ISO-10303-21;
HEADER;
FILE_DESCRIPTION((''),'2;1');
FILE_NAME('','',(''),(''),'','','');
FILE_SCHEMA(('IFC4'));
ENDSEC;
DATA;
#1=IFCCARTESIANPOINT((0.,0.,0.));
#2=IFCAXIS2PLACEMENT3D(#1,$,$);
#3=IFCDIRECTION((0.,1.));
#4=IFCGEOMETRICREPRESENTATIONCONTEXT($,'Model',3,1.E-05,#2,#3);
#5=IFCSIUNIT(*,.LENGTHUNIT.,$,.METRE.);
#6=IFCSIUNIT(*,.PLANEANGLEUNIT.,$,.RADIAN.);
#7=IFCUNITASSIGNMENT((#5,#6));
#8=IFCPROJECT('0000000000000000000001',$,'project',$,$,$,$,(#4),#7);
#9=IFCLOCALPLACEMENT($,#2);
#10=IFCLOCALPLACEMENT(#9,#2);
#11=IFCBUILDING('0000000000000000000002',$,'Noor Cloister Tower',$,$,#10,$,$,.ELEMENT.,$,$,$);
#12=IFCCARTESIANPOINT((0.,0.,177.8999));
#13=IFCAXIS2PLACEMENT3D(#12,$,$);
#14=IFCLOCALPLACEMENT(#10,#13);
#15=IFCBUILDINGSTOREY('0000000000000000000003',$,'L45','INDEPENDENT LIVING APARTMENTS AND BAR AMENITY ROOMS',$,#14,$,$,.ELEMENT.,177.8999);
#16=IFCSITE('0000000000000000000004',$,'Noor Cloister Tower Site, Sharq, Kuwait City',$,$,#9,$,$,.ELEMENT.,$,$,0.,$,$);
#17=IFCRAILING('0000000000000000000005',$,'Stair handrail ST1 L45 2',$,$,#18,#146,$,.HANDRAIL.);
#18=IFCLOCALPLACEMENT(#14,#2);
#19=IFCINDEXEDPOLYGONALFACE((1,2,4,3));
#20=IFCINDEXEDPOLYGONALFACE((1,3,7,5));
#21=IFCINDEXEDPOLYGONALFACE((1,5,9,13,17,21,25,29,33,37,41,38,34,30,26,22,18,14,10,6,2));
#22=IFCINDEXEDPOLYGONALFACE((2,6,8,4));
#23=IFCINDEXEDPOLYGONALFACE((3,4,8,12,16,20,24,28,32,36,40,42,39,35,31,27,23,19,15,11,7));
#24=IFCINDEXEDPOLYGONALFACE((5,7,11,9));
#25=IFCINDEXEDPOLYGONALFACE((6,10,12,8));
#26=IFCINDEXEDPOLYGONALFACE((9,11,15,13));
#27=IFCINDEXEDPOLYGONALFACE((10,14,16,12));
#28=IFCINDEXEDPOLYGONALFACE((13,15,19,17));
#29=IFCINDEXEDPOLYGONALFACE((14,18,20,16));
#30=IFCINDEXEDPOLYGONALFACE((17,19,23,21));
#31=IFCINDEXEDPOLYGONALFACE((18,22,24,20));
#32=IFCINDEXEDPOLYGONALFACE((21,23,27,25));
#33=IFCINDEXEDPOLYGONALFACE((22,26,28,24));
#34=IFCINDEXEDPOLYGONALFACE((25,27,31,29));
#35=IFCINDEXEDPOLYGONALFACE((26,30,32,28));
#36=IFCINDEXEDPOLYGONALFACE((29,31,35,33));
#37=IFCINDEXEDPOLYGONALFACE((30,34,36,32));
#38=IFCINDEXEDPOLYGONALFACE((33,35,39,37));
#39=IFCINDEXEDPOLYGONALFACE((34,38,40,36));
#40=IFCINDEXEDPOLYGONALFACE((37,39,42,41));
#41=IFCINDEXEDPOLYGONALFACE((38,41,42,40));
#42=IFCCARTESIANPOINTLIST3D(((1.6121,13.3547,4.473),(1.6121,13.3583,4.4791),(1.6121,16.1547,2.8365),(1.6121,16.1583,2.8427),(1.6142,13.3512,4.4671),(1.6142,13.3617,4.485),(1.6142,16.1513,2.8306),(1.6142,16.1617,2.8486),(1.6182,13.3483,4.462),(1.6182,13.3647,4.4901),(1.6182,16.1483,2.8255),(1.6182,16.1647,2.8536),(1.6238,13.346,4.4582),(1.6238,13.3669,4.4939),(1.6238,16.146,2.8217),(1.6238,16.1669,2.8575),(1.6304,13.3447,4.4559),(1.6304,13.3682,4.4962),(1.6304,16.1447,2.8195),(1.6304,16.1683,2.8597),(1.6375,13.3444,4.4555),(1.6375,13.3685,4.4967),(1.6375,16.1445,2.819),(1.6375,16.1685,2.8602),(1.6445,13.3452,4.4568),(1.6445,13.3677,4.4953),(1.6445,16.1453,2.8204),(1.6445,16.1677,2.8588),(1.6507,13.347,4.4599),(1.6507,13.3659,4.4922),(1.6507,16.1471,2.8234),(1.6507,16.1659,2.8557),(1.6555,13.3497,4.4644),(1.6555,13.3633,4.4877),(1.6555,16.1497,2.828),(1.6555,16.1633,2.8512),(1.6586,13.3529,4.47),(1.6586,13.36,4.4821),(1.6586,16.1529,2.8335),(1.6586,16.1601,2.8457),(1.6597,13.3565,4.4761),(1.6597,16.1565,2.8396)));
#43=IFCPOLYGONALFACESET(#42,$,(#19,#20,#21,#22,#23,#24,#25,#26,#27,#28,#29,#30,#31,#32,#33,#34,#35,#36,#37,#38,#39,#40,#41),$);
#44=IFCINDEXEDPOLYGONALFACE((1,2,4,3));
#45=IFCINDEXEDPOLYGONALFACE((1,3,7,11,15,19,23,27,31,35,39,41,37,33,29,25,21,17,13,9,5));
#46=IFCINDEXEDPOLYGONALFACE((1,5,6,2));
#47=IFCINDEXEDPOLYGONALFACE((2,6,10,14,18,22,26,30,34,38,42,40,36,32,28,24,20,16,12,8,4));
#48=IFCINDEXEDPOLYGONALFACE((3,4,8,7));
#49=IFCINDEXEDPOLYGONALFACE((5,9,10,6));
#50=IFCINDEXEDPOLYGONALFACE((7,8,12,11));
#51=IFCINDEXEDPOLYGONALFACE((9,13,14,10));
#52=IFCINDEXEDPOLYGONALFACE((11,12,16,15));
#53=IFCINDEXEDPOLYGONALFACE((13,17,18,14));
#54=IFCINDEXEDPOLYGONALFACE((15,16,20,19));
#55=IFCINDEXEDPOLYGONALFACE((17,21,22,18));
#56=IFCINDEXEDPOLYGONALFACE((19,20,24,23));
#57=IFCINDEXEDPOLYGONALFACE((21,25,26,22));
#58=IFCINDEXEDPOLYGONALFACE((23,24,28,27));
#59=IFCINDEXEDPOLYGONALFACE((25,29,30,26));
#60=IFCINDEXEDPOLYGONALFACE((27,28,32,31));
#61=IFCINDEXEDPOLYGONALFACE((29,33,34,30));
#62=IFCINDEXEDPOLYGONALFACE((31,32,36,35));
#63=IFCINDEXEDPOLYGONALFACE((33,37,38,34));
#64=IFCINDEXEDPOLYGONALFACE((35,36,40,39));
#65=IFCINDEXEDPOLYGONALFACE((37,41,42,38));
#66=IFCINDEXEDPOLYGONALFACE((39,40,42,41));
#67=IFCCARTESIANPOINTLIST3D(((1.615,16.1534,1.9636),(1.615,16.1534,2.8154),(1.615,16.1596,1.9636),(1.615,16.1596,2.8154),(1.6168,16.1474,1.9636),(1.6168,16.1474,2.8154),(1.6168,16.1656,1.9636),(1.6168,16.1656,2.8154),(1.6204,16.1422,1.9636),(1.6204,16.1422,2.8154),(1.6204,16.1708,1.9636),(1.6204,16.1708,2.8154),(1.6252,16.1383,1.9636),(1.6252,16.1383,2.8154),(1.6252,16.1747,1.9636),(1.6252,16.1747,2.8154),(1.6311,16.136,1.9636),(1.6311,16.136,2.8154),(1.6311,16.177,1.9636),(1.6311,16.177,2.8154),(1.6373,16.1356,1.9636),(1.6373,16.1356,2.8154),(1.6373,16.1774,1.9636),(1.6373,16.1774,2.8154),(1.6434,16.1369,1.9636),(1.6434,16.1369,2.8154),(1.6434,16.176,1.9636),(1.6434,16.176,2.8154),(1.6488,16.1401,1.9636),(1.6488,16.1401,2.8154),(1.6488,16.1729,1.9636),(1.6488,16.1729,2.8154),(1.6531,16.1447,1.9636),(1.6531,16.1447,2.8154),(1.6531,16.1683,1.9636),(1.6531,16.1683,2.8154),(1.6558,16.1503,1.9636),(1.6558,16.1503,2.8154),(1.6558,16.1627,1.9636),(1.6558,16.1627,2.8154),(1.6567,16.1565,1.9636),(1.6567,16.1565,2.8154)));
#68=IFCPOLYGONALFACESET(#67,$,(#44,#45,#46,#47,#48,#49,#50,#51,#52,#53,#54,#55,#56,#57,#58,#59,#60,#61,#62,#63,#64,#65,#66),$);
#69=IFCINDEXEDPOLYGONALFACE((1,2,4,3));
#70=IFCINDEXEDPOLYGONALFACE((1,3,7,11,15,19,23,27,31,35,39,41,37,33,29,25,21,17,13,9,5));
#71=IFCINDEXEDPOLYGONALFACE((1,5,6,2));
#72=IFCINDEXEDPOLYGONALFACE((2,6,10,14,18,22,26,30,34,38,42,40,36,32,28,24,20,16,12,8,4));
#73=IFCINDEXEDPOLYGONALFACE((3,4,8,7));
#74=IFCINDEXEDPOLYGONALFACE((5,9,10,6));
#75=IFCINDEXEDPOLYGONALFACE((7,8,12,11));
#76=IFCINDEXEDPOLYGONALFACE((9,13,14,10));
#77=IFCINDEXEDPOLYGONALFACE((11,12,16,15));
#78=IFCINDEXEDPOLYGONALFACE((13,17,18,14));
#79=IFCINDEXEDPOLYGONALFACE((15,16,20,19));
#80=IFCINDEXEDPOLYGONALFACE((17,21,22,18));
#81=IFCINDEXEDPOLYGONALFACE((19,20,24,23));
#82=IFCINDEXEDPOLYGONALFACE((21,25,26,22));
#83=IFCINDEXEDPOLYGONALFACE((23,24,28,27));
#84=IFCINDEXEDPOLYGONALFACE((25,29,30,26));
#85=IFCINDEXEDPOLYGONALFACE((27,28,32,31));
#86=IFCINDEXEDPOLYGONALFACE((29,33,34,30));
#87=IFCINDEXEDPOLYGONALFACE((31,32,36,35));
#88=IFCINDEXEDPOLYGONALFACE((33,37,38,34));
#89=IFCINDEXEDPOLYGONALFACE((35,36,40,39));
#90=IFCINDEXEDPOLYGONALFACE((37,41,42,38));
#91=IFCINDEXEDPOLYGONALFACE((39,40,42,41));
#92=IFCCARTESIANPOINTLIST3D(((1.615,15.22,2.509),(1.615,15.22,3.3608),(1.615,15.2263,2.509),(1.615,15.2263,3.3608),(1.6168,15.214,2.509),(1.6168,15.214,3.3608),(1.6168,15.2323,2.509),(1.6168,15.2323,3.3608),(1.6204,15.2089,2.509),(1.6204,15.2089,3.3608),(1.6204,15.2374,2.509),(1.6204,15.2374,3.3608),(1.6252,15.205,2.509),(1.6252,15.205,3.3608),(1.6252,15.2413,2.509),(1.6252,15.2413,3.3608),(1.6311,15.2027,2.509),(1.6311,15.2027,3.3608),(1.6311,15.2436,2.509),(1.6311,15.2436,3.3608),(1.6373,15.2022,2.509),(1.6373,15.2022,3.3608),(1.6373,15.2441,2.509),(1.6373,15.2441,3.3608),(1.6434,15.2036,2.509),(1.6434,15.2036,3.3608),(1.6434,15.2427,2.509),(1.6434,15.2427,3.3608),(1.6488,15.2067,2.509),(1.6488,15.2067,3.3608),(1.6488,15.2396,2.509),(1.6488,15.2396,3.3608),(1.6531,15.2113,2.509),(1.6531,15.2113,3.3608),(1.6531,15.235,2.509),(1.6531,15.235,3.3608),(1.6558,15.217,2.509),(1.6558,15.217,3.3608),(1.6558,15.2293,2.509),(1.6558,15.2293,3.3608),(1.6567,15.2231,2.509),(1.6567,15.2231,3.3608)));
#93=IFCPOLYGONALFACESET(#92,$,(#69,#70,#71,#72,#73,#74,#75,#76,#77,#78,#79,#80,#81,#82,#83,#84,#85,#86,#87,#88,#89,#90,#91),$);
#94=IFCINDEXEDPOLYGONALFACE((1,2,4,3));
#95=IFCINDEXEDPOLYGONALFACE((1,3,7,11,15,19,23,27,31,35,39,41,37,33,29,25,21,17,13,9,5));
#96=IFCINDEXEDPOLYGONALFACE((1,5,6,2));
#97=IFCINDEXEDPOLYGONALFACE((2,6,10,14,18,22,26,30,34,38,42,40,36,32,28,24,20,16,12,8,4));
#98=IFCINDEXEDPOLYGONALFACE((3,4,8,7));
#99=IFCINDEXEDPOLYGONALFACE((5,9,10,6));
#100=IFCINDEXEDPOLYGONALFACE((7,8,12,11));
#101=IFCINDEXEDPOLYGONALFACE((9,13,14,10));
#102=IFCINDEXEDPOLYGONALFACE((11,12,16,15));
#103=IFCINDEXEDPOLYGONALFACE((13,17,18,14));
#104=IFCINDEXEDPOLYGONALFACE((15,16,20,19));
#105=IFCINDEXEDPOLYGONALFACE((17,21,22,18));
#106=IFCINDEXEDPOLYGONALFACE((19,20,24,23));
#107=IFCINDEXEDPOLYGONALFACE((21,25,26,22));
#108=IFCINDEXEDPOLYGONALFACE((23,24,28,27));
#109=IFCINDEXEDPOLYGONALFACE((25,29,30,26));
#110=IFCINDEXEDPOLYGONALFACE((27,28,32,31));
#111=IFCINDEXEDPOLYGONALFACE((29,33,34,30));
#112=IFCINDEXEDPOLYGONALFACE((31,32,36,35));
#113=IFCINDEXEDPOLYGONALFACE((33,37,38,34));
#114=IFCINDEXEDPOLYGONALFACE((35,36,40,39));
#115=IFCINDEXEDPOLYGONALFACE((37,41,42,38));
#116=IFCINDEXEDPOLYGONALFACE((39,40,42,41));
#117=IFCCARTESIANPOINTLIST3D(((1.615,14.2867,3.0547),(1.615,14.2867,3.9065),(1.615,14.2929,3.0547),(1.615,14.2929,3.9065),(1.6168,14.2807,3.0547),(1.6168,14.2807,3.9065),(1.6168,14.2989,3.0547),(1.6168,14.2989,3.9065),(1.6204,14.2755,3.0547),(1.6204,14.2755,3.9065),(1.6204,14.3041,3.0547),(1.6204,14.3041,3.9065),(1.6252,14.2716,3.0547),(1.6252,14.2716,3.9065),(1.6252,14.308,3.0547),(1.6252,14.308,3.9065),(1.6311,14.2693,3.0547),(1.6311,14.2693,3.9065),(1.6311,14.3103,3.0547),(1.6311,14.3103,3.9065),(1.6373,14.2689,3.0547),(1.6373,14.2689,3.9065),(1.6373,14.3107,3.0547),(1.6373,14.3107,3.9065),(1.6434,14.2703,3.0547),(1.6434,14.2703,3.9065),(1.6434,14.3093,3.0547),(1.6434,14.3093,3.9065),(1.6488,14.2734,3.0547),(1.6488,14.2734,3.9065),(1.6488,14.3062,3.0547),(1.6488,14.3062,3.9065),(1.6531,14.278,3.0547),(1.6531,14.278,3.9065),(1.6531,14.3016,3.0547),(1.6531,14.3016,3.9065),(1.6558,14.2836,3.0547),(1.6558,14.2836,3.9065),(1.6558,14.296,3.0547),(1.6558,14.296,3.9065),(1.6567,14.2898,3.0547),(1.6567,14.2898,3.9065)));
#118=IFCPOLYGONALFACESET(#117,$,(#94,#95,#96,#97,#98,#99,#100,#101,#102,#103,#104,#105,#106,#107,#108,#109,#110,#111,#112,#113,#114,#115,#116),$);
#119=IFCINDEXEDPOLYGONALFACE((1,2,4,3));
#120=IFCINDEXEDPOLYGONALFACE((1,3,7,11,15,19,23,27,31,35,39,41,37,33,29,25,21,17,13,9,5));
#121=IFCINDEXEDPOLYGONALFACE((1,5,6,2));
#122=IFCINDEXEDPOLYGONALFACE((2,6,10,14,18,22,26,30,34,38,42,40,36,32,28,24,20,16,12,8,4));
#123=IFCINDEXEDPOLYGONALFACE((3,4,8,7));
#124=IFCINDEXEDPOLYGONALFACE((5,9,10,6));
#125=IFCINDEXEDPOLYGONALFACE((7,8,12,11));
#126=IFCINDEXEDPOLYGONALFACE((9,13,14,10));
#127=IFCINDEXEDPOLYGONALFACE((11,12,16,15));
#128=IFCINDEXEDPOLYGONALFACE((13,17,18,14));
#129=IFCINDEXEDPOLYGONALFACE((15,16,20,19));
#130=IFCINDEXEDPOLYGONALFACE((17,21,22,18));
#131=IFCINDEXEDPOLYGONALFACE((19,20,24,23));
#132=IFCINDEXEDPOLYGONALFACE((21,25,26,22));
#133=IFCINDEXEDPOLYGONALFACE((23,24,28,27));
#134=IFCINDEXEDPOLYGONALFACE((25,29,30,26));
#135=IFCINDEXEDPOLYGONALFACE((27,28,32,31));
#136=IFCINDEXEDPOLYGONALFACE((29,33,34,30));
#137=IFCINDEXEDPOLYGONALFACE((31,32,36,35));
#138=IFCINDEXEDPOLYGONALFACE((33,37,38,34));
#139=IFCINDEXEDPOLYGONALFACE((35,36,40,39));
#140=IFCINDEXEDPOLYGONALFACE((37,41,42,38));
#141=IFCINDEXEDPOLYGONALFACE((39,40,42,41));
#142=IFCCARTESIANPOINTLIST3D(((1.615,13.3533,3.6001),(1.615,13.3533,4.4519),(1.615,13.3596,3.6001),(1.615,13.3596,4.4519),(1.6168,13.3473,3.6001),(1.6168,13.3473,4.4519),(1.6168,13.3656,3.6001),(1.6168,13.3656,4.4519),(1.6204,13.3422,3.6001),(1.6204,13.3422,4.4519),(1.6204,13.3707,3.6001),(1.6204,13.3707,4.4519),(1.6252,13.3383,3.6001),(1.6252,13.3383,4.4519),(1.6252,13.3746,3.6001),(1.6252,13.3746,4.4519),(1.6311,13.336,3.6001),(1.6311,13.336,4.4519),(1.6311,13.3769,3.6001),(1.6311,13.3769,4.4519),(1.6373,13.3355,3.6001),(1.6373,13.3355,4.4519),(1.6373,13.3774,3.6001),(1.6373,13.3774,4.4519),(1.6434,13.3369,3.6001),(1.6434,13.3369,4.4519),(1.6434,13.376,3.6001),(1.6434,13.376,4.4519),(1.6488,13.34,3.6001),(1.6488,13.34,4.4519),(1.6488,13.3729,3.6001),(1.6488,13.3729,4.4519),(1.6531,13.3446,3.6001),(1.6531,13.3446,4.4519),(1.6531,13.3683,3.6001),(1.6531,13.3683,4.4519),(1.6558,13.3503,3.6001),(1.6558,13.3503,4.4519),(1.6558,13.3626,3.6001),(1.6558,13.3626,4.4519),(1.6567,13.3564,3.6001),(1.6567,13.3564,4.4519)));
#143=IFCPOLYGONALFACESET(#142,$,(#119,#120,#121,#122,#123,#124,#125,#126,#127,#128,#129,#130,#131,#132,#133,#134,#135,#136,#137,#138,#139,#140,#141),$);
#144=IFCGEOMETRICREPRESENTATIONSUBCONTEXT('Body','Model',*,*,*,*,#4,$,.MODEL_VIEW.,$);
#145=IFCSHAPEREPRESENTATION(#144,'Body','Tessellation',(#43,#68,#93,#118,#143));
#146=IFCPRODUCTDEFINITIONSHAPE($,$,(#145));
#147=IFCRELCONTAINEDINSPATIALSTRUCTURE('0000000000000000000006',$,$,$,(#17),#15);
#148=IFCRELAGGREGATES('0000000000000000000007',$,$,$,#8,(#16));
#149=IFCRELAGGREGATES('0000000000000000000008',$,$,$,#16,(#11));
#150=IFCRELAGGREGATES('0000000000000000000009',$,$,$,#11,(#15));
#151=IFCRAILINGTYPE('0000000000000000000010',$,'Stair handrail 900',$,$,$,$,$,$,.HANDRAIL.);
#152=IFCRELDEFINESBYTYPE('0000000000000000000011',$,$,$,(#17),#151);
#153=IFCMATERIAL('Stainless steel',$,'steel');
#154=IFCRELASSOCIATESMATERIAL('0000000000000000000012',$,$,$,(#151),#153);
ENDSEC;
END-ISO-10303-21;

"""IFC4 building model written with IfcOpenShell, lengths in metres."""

from ifc_helpers import new_model, si_unit, direction, frame, origin, origin_2d, place, context, subcontext, project, spatial, circle, extrude, material, type_object, element, save


model = new_model("IFC4")

# Units and contexts
model_context = context("Model", 3, precision=1e-05, world=origin(), true_north=direction((0.0, 1.0)))
body_context = subcontext(model_context, "Body", "Model", "MODEL_VIEW")
ifc_project = project(units=[si_unit("LENGTHUNIT", "METRE"), si_unit("PLANEANGLEUNIT", "RADIAN")], contexts=[model_context])

# Site, building, storey
site_placement = place(None, origin())
site = spatial("IfcSite", under=ifc_project, at=site_placement, Name="Noor Cloister Tower Site, Sharq, Kuwait City", CompositionType="ELEMENT", RefElevation=0.0)
building_placement = place(site_placement, origin())
building = spatial("IfcBuilding", under=site, at=building_placement, Name="Noor Cloister Tower", CompositionType="ELEMENT")
storey_placement = place(building_placement, frame((0.0, 0.0, 177.8999)))
storey = spatial("IfcBuildingStorey", under=building, at=storey_placement, Name="L45", Description="INDEPENDENT LIVING APARTMENTS AND BAR AMENITY ROOMS", CompositionType="ELEMENT", Elevation=177.8999)

# Railing
ifc_material_1 = material(Name="Stainless steel", Category="steel")
railing_type_1 = type_object("IfcRailingType", Name="Stair handrail 900", PredefinedType="HANDRAIL", material=ifc_material_1)
railing_1_placement = place(storey_placement, frame((1.6357, 16.1565, 1.9636)))
element("IfcRailing", 1, at=railing_1_placement, inside=storey, type_object=railing_type_1, Name="Stair handrail ST1 L45 2", PredefinedType="HANDRAIL", context=body_context, shape_type="SweptSolid", body=[
    extrude(circle(Radius=0.0239, at=origin_2d()), frame((0.0, 0.0, 0.876), z_axis=(0.0, -0.863361, 0.504587), x_axis=(1.0, 0.0, 0.0)), (0.0, 0.0, 1.0), 3.2432),
    extrude(circle(Radius=0.021, at=origin_2d()), origin(), (0.0, 0.0, 1.0), 0.8518),
    extrude(circle(Radius=0.021, at=origin_2d()), frame((0.0, -0.9333, 0.5454)), (0.0, 0.0, 1.0), 0.8518),
    extrude(circle(Radius=0.021, at=origin_2d()), frame((0.0, -1.8667, 1.0911)), (0.0, 0.0, 1.0), 0.8518),
    extrude(circle(Radius=0.021, at=origin_2d()), frame((0.0, -2.8, 1.6365)), (0.0, 0.0, 1.0), 0.8518),
])

save(model, "model.ifc")
